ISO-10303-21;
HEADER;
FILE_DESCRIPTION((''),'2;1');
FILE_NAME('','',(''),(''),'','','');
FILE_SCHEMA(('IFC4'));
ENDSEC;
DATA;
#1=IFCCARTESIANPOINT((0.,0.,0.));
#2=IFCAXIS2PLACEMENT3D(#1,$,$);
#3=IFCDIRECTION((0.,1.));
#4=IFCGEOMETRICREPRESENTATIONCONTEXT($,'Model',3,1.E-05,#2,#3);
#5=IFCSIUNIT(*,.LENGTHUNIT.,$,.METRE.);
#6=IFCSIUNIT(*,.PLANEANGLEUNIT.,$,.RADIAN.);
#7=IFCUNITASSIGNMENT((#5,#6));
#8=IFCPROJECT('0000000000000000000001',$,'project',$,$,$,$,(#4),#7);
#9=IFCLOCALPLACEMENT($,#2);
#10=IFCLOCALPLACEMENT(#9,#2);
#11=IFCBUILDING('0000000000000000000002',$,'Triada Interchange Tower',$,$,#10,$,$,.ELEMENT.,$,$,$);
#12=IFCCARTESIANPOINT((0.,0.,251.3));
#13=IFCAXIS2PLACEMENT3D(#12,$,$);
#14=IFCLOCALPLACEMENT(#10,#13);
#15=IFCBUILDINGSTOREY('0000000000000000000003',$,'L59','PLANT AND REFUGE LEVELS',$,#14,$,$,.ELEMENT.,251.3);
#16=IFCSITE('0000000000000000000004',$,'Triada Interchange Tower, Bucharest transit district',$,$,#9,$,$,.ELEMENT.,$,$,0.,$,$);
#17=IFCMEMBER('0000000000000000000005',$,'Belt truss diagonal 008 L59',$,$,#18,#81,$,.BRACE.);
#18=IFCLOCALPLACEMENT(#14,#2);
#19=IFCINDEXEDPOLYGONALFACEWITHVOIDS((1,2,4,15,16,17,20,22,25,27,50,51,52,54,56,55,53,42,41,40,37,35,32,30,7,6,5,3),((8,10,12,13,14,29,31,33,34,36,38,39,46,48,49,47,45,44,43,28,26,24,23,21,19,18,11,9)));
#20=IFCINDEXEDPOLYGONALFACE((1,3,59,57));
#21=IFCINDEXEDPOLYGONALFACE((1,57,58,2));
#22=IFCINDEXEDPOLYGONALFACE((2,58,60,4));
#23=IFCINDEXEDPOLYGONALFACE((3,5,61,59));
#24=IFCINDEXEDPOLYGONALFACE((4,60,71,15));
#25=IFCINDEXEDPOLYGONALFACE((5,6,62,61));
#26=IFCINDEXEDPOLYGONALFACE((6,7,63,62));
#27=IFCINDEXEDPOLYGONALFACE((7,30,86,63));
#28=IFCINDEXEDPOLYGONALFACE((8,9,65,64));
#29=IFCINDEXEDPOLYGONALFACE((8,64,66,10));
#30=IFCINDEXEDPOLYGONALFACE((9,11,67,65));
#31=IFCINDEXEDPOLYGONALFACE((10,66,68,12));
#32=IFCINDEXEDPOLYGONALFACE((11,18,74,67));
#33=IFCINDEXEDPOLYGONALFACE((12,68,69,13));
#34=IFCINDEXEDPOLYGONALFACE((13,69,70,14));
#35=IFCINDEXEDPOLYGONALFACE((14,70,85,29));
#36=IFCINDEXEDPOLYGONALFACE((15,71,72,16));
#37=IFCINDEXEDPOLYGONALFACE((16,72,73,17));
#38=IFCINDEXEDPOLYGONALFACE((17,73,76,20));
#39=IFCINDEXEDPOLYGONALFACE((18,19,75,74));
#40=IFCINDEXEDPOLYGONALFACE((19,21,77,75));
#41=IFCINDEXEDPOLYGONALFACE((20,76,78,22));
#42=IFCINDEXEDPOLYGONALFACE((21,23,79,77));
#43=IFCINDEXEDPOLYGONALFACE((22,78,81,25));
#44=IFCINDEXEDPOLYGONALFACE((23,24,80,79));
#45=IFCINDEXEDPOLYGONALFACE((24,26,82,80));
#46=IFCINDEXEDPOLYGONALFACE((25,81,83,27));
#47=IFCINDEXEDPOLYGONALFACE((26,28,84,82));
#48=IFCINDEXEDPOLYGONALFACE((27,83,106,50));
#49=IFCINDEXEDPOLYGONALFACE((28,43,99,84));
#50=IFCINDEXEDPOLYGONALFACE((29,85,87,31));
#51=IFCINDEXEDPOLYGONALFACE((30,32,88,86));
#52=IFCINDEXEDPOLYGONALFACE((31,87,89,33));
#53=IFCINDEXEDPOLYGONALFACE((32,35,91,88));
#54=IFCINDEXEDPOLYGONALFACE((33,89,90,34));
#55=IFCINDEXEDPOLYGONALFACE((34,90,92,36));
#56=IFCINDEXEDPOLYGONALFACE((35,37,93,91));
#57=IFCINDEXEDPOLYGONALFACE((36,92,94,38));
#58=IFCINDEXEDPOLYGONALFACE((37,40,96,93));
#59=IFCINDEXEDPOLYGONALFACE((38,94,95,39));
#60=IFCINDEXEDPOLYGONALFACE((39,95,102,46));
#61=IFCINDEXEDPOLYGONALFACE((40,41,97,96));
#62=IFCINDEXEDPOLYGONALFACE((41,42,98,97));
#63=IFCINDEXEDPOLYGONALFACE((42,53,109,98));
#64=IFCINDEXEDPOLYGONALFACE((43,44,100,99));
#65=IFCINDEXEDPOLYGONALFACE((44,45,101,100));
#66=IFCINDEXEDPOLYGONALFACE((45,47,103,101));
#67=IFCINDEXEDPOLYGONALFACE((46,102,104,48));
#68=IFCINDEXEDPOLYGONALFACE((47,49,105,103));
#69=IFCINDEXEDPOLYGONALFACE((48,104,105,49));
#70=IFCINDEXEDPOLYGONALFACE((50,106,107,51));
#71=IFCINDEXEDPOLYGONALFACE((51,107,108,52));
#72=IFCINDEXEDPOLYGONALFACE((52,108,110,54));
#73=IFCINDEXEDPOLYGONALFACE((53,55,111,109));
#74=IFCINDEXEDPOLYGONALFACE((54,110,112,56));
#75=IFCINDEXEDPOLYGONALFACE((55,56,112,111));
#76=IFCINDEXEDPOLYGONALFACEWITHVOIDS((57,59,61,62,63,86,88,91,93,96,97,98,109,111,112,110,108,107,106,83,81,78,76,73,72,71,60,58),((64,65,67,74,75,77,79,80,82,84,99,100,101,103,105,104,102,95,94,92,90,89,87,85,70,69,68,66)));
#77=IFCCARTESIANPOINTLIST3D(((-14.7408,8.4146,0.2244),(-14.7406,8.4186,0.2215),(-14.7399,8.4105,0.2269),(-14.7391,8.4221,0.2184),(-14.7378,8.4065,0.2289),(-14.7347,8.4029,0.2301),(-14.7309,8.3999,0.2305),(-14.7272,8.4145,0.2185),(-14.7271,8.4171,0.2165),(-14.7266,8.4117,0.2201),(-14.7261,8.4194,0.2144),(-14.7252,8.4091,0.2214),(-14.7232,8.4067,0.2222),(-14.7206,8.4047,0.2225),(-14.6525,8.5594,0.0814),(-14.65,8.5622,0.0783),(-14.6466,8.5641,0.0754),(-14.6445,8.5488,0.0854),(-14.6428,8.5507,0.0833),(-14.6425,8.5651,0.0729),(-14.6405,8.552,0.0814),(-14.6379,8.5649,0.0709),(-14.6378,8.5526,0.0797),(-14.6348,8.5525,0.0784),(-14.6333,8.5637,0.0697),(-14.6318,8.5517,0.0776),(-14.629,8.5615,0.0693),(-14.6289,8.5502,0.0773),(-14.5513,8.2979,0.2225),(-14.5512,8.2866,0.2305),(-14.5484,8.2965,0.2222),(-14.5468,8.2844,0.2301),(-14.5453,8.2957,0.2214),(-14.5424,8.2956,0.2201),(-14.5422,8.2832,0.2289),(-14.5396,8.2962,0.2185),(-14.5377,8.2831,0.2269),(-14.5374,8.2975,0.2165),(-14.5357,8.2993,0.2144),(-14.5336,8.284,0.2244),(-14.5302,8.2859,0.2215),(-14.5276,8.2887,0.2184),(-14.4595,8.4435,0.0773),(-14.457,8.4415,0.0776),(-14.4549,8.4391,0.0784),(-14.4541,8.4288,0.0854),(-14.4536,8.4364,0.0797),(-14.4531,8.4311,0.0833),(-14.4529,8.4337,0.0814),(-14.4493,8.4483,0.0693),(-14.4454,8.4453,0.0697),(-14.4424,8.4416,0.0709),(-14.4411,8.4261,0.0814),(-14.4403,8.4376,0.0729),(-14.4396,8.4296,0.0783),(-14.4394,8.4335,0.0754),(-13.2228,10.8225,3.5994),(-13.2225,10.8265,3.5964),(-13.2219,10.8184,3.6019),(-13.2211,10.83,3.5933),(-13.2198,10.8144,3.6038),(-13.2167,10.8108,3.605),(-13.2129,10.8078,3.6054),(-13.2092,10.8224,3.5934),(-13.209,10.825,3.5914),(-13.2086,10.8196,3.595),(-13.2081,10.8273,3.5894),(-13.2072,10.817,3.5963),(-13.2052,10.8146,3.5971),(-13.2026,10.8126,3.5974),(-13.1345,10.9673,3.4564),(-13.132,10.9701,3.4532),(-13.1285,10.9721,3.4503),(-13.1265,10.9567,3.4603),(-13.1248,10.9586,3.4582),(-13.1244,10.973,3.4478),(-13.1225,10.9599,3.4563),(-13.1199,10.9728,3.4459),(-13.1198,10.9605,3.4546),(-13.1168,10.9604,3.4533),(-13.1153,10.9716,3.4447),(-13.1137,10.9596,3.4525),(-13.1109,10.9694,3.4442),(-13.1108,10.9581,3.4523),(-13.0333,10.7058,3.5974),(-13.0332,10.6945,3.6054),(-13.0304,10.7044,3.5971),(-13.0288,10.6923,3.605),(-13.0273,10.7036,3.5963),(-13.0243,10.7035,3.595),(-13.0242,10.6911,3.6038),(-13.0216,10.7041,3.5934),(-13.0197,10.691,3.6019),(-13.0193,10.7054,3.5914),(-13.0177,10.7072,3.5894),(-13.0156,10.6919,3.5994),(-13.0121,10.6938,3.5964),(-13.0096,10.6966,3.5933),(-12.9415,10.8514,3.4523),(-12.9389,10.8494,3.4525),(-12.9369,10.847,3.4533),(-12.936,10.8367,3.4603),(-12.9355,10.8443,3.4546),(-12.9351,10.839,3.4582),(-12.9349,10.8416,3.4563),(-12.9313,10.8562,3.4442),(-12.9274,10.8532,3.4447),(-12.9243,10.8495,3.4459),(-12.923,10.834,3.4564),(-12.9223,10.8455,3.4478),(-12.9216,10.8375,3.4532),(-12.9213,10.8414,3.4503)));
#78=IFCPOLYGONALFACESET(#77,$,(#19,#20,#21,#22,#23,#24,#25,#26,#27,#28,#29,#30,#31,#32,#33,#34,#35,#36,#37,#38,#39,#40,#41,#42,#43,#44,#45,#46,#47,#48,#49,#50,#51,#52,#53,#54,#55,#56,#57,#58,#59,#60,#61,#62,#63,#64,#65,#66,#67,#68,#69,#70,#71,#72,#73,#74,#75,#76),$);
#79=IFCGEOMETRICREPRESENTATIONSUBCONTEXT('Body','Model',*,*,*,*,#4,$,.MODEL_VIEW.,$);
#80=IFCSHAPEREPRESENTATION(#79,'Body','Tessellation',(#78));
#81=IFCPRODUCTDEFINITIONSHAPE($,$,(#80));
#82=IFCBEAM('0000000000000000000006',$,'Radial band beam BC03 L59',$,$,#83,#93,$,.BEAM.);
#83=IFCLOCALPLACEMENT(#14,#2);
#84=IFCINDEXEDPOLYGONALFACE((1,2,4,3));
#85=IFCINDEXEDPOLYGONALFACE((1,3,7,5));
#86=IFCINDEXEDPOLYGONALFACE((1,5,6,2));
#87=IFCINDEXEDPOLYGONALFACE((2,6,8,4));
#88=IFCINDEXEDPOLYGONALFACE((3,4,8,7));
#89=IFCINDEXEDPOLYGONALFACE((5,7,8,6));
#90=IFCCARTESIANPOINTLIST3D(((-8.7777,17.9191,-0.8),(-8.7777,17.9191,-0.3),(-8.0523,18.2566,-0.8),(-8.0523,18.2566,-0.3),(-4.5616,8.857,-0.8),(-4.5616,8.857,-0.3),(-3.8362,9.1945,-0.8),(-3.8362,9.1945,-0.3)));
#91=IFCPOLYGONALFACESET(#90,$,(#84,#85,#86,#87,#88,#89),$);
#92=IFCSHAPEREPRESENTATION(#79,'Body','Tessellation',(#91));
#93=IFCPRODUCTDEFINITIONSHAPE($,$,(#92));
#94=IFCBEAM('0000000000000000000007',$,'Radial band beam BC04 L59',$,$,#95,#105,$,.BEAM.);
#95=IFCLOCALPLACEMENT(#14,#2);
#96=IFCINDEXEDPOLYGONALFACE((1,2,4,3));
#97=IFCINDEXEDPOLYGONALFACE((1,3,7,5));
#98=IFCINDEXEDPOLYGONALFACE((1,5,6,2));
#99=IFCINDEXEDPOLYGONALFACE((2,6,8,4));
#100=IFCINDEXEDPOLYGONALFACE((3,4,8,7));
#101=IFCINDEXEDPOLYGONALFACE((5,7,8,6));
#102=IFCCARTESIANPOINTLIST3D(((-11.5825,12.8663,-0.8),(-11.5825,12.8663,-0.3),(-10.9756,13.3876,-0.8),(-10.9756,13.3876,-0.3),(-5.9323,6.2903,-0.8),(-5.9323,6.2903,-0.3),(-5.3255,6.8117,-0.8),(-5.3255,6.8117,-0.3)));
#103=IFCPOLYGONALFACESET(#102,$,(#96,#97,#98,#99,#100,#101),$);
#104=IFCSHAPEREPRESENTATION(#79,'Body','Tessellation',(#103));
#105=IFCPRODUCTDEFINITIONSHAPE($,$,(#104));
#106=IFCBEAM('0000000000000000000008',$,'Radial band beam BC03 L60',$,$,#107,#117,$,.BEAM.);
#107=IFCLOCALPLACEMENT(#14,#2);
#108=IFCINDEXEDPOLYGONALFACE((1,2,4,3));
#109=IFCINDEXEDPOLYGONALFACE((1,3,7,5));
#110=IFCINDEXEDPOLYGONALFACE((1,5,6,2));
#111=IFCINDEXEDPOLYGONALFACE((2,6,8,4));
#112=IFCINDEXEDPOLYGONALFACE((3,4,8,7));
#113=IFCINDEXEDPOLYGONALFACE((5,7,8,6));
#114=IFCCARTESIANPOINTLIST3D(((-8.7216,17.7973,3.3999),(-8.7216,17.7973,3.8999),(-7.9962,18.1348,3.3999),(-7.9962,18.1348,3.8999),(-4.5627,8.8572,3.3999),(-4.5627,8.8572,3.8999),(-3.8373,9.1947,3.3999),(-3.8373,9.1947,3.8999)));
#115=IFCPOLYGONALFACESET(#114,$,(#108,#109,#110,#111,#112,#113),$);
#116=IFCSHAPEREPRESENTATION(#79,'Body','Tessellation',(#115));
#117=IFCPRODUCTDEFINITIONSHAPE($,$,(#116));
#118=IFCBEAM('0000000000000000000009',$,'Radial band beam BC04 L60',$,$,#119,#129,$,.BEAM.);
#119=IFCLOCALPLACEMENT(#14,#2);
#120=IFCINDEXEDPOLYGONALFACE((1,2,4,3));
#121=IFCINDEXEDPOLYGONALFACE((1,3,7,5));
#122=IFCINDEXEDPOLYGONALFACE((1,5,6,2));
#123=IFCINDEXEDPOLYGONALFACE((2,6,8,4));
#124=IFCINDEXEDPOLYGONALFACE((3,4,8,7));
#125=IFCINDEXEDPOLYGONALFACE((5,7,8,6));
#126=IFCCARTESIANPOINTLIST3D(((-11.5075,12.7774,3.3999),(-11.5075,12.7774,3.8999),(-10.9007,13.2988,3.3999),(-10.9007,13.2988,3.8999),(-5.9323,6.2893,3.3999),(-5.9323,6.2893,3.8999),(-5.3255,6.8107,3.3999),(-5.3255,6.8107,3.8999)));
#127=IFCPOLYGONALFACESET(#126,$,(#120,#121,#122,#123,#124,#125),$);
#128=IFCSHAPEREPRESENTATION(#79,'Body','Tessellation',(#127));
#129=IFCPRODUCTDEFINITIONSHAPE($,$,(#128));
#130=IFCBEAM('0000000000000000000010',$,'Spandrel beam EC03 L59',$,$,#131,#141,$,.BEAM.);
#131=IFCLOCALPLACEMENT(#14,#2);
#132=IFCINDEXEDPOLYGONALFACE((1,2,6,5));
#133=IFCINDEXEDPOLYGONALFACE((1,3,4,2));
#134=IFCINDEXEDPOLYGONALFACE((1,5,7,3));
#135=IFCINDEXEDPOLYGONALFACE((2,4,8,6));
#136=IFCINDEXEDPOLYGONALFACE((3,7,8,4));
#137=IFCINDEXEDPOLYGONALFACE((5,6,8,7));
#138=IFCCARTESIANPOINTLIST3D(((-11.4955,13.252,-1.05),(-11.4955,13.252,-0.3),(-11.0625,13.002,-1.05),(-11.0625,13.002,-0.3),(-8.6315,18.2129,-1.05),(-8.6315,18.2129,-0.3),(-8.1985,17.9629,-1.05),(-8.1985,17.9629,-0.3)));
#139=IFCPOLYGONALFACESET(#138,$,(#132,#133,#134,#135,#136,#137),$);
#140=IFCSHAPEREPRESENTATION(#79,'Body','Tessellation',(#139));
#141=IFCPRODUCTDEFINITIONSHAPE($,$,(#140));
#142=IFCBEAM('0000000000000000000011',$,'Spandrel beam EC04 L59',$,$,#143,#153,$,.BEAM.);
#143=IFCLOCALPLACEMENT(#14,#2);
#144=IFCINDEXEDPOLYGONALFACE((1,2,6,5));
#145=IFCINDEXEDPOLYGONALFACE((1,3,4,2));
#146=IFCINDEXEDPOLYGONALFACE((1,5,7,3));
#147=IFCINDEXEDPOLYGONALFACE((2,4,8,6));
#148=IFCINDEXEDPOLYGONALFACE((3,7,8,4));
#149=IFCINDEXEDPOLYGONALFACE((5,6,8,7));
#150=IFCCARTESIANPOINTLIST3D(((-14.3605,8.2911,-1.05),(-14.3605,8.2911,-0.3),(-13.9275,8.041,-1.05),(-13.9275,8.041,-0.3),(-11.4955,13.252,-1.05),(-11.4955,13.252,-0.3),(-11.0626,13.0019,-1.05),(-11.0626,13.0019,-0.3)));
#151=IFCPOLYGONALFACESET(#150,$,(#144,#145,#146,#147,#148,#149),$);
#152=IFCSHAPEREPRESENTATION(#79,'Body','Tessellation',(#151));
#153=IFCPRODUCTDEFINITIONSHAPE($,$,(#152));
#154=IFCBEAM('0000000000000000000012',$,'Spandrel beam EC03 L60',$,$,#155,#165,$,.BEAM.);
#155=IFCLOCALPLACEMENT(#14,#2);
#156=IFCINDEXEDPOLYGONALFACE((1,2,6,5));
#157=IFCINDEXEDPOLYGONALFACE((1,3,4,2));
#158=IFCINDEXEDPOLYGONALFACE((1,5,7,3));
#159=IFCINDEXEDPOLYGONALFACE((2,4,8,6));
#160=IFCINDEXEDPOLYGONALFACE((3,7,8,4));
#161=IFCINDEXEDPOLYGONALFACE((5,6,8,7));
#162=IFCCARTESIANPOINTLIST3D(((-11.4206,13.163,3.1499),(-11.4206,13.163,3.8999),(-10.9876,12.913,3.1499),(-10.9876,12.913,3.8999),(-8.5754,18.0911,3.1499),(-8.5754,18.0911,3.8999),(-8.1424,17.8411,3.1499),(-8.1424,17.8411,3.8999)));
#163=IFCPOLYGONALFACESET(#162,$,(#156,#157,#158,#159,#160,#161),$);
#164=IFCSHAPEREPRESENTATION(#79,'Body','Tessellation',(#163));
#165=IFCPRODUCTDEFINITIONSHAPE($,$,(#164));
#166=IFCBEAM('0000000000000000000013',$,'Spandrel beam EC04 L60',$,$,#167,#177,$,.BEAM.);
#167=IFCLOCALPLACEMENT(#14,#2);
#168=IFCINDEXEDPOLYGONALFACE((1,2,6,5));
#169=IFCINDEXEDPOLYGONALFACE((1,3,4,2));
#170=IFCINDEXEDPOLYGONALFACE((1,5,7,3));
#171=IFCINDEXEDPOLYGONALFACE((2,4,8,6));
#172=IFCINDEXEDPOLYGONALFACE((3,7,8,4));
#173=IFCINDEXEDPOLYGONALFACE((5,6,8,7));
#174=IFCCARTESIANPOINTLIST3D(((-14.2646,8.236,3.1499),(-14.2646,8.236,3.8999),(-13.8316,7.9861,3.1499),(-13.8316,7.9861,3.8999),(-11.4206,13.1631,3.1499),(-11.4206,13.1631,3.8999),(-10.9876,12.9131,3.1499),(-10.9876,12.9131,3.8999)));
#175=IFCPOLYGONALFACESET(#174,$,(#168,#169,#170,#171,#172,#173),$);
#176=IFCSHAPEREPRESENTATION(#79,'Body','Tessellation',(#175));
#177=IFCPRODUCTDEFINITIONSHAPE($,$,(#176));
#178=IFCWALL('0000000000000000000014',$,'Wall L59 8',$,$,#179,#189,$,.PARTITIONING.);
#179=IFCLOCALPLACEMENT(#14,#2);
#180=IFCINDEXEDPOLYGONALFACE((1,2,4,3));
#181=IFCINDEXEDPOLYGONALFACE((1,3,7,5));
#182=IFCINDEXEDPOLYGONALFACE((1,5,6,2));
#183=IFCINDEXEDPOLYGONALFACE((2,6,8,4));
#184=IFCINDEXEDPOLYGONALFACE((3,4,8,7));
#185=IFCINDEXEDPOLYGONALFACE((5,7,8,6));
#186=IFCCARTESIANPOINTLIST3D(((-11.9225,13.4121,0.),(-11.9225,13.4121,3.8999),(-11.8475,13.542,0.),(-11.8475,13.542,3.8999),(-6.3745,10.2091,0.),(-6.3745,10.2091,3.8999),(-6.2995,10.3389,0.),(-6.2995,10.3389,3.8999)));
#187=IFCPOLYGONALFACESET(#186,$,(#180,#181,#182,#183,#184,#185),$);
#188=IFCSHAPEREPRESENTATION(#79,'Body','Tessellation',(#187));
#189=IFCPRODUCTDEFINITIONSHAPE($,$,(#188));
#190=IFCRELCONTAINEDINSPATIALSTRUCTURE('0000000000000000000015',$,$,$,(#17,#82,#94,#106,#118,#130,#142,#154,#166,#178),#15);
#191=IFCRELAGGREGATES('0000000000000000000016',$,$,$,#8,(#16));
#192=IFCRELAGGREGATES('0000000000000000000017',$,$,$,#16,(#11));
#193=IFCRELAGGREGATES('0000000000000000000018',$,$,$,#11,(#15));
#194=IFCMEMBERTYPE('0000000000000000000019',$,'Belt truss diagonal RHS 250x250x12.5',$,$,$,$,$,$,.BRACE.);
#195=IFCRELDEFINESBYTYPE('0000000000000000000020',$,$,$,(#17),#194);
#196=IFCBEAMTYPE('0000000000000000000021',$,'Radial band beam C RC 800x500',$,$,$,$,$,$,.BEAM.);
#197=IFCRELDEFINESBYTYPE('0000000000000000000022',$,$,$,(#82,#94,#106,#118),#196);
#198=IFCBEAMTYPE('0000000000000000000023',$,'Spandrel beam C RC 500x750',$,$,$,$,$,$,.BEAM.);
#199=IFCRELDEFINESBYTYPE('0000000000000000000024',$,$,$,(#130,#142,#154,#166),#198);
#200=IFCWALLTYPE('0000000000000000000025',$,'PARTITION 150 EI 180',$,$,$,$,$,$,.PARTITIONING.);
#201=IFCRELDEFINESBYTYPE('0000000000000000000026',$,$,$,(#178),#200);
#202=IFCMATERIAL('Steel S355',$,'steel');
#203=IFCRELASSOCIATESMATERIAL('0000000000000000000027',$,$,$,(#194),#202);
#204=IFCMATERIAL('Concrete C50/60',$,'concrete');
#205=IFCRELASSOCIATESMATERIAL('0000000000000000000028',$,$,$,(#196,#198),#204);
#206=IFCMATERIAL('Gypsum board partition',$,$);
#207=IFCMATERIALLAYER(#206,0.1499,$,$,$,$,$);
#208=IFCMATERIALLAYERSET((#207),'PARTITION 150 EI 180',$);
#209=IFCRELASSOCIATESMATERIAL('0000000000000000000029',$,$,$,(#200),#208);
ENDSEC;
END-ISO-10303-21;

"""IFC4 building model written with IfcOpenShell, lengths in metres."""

from ifc_helpers import new_model, si_unit, direction, frame, frame_2d, origin, origin_2d, place, context, subcontext, project, spatial, rectangle, hollow_rectangle, extrude, material, layer, layer_set, material_profile, profile_set, type_object, element, save


model = new_model("IFC4")

# Units and contexts
model_context = context("Model", 3, precision=1e-05, world=origin(), true_north=direction((0.0, 1.0)))
body_context = subcontext(model_context, "Body", "Model", "MODEL_VIEW")
ifc_project = project(units=[si_unit("LENGTHUNIT", "METRE"), si_unit("PLANEANGLEUNIT", "RADIAN")], contexts=[model_context])

# Site, building, storey
site_placement = place(None, origin())
site = spatial("IfcSite", under=ifc_project, at=site_placement, Name="Triada Interchange Tower, Bucharest transit district", CompositionType="ELEMENT", RefElevation=0.0)
building_placement = place(site_placement, origin())
building = spatial("IfcBuilding", under=site, at=building_placement, Name="Triada Interchange Tower", CompositionType="ELEMENT")
storey_placement = place(building_placement, frame((0.0, 0.0, 251.3)))
storey = spatial("IfcBuildingStorey", under=building, at=storey_placement, Name="L59", Description="PLANT AND REFUGE LEVELS", CompositionType="ELEMENT", Elevation=251.3)

# Shared definitions
ifc_material_1 = material(Name="Concrete C50/60", Category="concrete")

# Member
ifc_material_2 = material(Name="Steel S355", Category="steel")
ifc_material_profile_1 = material_profile(ifc_material_2, hollow_rectangle(XDim=0.25, YDim=0.25, WallThickness=0.0125, InnerFilletRadius=0.0125, OuterFilletRadius=0.0188, at=origin_2d()), Name="RHS 250x250x12.5")
ifc_profile_set_1 = profile_set([ifc_material_profile_1], Name="Steel S355")
member_type = type_object("IfcMemberType", Name="Belt truss diagonal RHS 250x250x12.5", PredefinedType="BRACE", material=ifc_profile_set_1)
member_1_placement = place(storey_placement, frame((-14.5901, 8.4241, 0.1499), z_axis=(0.343832, 0.545387, 0.764416), x_axis=(-0.845925, 0.533302, 0.0)))
element("IfcMember", 1, at=member_1_placement, inside=storey, type_object=member_type, Name="Belt truss diagonal 008 L59", PredefinedType="BRACE", context=body_context, shape_type="SweptSolid", body=[
    extrude(hollow_rectangle(XDim=0.25, YDim=0.25, WallThickness=0.0125, InnerFilletRadius=0.0125, OuterFilletRadius=0.0188, at=origin_2d()), origin(), (0.0, 0.0, 1.0), 4.415),
])

# Beams
ifc_material_profile_2 = material_profile(ifc_material_1, rectangle(XDim=0.8, YDim=0.5, at=origin_2d()), Name="RC 800x500")
ifc_profile_set_2 = profile_set([ifc_material_profile_2], Name="Concrete C50/60")
beam_type_1 = type_object("IfcBeamType", Name="Radial band beam C RC 800x500", PredefinedType="BEAM", material=ifc_profile_set_2)
beam_1_placement = place(storey_placement, frame((-8.415, 18.0879, -0.55), z_axis=(0.421827, -0.906676, 0.0), x_axis=(0.906676, 0.421827, 0.0)))
element("IfcBeam", 2, at=beam_1_placement, inside=storey, type_object=beam_type_1, Name="Radial band beam BC03 L59", PredefinedType="BEAM", context=body_context, shape_type="SweptSolid", body=[
    extrude(rectangle(XDim=0.8, YDim=0.5, at=origin_2d()), origin(), (0.0, 0.0, 1.0), 9.9949),
])
beam_2_placement = place(storey_placement, frame((-11.2791, 13.127, -0.55), z_axis=(0.651698, -0.758479, 0.0), x_axis=(0.758479, 0.651698, 0.0)))
element("IfcBeam", 3, at=beam_2_placement, inside=storey, type_object=beam_type_1, Name="Radial band beam BC04 L59", PredefinedType="BEAM", context=body_context, shape_type="SweptSolid", body=[
    extrude(rectangle(XDim=0.8, YDim=0.5, at=origin_2d()), origin(), (0.0, 0.0, 1.0), 8.6699),
])
beam_3_placement = place(storey_placement, frame((-8.3589, 17.9661, 3.6499), z_axis=(0.42179, -0.906694, 0.0), x_axis=(0.906694, 0.42179, 0.0)))
element("IfcBeam", 4, at=beam_3_placement, inside=storey, type_object=beam_type_1, Name="Radial band beam BC03 L60", PredefinedType="BEAM", context=body_context, shape_type="SweptSolid", body=[
    extrude(rectangle(XDim=0.8, YDim=0.5, at=origin_2d()), origin(), (0.0, 0.0, 1.0), 9.8601),
])
beam_4_placement = place(storey_placement, frame((-11.2041, 13.0381, 3.6499), z_axis=(0.651736, -0.758446, 0.0), x_axis=(0.758446, 0.651736, 0.0)))
element("IfcBeam", 5, at=beam_4_placement, inside=storey, type_object=beam_type_1, Name="Radial band beam BC04 L60", PredefinedType="BEAM", context=body_context, shape_type="SweptSolid", body=[
    extrude(rectangle(XDim=0.8, YDim=0.5, at=origin_2d()), origin(), (0.0, 0.0, 1.0), 8.5544),
])
ifc_material_profile_3 = material_profile(ifc_material_1, rectangle(XDim=0.5, YDim=0.75, at=origin_2d()), Name="RC 500x750")
ifc_profile_set_3 = profile_set([ifc_material_profile_3], Name="Concrete C50/60")
beam_type_2 = type_object("IfcBeamType", Name="Spandrel beam C RC 500x750", PredefinedType="BEAM", material=ifc_profile_set_3)
beam_5_placement = place(storey_placement, frame((-8.415, 18.0879, -0.675), z_axis=(-0.499976, -0.866039, 0.0), x_axis=(0.866039, -0.499976, 0.0)))
element("IfcBeam", 6, at=beam_5_placement, inside=storey, type_object=beam_type_2, Name="Spandrel beam EC03 L59", PredefinedType="BEAM", context=body_context, shape_type="SweptSolid", body=[
    extrude(rectangle(XDim=0.5, YDim=0.75, at=origin_2d()), origin(), (0.0, 0.0, 1.0), 5.7283),
])
beam_6_placement = place(storey_placement, frame((-11.2791, 13.127, -0.675), z_axis=(-0.500104, -0.865966, 0.0), x_axis=(0.865966, -0.500104, 0.0)))
element("IfcBeam", 7, at=beam_6_placement, inside=storey, type_object=beam_type_2, Name="Spandrel beam EC04 L59", PredefinedType="BEAM", context=body_context, shape_type="SweptSolid", body=[
    extrude(rectangle(XDim=0.5, YDim=0.75, at=origin_2d()), origin(), (0.0, 0.0, 1.0), 5.7288),
])
beam_7_placement = place(storey_placement, frame((-8.3589, 17.9661, 3.5249), z_axis=(-0.500006, -0.866022, 0.0), x_axis=(0.866022, -0.500006, 0.0)))
element("IfcBeam", 8, at=beam_7_placement, inside=storey, type_object=beam_type_2, Name="Spandrel beam EC03 L60", PredefinedType="BEAM", context=body_context, shape_type="SweptSolid", body=[
    extrude(rectangle(XDim=0.5, YDim=0.75, at=origin_2d()), origin(), (0.0, 0.0, 1.0), 5.6904),
])
beam_8_placement = place(storey_placement, frame((-11.2041, 13.0381, 3.5249), z_axis=(-0.499919, -0.866072, 0.0), x_axis=(0.866072, -0.499919, 0.0)))
element("IfcBeam", 9, at=beam_8_placement, inside=storey, type_object=beam_type_2, Name="Spandrel beam EC04 L60", PredefinedType="BEAM", context=body_context, shape_type="SweptSolid", body=[
    extrude(rectangle(XDim=0.5, YDim=0.75, at=origin_2d()), origin(), (0.0, 0.0, 1.0), 5.689),
])

# Wall
ifc_material_3 = material(Name="Gypsum board partition")
ifc_layer_1 = layer(ifc_material_3, 0.1499)
ifc_layer_set_1 = layer_set([ifc_layer_1], Name="PARTITION 150 EI 180")
wall_type_1 = type_object("IfcWallType", Name="PARTITION 150 EI 180", PredefinedType="PARTITIONING", material=ifc_layer_set_1)
wall_1_placement = place(storey_placement, frame((-11.885, 13.4771, 0.0), z_axis=(0.0, 0.0, 1.0), x_axis=(0.86603, -0.499992, 0.0)))
element("IfcWall", 10, at=wall_1_placement, inside=storey, type_object=wall_type_1, Name="Wall L59 8", PredefinedType="PARTITIONING", context=body_context, shape_type="SweptSolid", body=[
    extrude(rectangle(XDim=6.4062, YDim=0.1499, at=frame_2d((3.2031, 0.0))), origin(), (0.0, 0.0, 1.0), 3.8999),
])

save(model, "model.ifc")
